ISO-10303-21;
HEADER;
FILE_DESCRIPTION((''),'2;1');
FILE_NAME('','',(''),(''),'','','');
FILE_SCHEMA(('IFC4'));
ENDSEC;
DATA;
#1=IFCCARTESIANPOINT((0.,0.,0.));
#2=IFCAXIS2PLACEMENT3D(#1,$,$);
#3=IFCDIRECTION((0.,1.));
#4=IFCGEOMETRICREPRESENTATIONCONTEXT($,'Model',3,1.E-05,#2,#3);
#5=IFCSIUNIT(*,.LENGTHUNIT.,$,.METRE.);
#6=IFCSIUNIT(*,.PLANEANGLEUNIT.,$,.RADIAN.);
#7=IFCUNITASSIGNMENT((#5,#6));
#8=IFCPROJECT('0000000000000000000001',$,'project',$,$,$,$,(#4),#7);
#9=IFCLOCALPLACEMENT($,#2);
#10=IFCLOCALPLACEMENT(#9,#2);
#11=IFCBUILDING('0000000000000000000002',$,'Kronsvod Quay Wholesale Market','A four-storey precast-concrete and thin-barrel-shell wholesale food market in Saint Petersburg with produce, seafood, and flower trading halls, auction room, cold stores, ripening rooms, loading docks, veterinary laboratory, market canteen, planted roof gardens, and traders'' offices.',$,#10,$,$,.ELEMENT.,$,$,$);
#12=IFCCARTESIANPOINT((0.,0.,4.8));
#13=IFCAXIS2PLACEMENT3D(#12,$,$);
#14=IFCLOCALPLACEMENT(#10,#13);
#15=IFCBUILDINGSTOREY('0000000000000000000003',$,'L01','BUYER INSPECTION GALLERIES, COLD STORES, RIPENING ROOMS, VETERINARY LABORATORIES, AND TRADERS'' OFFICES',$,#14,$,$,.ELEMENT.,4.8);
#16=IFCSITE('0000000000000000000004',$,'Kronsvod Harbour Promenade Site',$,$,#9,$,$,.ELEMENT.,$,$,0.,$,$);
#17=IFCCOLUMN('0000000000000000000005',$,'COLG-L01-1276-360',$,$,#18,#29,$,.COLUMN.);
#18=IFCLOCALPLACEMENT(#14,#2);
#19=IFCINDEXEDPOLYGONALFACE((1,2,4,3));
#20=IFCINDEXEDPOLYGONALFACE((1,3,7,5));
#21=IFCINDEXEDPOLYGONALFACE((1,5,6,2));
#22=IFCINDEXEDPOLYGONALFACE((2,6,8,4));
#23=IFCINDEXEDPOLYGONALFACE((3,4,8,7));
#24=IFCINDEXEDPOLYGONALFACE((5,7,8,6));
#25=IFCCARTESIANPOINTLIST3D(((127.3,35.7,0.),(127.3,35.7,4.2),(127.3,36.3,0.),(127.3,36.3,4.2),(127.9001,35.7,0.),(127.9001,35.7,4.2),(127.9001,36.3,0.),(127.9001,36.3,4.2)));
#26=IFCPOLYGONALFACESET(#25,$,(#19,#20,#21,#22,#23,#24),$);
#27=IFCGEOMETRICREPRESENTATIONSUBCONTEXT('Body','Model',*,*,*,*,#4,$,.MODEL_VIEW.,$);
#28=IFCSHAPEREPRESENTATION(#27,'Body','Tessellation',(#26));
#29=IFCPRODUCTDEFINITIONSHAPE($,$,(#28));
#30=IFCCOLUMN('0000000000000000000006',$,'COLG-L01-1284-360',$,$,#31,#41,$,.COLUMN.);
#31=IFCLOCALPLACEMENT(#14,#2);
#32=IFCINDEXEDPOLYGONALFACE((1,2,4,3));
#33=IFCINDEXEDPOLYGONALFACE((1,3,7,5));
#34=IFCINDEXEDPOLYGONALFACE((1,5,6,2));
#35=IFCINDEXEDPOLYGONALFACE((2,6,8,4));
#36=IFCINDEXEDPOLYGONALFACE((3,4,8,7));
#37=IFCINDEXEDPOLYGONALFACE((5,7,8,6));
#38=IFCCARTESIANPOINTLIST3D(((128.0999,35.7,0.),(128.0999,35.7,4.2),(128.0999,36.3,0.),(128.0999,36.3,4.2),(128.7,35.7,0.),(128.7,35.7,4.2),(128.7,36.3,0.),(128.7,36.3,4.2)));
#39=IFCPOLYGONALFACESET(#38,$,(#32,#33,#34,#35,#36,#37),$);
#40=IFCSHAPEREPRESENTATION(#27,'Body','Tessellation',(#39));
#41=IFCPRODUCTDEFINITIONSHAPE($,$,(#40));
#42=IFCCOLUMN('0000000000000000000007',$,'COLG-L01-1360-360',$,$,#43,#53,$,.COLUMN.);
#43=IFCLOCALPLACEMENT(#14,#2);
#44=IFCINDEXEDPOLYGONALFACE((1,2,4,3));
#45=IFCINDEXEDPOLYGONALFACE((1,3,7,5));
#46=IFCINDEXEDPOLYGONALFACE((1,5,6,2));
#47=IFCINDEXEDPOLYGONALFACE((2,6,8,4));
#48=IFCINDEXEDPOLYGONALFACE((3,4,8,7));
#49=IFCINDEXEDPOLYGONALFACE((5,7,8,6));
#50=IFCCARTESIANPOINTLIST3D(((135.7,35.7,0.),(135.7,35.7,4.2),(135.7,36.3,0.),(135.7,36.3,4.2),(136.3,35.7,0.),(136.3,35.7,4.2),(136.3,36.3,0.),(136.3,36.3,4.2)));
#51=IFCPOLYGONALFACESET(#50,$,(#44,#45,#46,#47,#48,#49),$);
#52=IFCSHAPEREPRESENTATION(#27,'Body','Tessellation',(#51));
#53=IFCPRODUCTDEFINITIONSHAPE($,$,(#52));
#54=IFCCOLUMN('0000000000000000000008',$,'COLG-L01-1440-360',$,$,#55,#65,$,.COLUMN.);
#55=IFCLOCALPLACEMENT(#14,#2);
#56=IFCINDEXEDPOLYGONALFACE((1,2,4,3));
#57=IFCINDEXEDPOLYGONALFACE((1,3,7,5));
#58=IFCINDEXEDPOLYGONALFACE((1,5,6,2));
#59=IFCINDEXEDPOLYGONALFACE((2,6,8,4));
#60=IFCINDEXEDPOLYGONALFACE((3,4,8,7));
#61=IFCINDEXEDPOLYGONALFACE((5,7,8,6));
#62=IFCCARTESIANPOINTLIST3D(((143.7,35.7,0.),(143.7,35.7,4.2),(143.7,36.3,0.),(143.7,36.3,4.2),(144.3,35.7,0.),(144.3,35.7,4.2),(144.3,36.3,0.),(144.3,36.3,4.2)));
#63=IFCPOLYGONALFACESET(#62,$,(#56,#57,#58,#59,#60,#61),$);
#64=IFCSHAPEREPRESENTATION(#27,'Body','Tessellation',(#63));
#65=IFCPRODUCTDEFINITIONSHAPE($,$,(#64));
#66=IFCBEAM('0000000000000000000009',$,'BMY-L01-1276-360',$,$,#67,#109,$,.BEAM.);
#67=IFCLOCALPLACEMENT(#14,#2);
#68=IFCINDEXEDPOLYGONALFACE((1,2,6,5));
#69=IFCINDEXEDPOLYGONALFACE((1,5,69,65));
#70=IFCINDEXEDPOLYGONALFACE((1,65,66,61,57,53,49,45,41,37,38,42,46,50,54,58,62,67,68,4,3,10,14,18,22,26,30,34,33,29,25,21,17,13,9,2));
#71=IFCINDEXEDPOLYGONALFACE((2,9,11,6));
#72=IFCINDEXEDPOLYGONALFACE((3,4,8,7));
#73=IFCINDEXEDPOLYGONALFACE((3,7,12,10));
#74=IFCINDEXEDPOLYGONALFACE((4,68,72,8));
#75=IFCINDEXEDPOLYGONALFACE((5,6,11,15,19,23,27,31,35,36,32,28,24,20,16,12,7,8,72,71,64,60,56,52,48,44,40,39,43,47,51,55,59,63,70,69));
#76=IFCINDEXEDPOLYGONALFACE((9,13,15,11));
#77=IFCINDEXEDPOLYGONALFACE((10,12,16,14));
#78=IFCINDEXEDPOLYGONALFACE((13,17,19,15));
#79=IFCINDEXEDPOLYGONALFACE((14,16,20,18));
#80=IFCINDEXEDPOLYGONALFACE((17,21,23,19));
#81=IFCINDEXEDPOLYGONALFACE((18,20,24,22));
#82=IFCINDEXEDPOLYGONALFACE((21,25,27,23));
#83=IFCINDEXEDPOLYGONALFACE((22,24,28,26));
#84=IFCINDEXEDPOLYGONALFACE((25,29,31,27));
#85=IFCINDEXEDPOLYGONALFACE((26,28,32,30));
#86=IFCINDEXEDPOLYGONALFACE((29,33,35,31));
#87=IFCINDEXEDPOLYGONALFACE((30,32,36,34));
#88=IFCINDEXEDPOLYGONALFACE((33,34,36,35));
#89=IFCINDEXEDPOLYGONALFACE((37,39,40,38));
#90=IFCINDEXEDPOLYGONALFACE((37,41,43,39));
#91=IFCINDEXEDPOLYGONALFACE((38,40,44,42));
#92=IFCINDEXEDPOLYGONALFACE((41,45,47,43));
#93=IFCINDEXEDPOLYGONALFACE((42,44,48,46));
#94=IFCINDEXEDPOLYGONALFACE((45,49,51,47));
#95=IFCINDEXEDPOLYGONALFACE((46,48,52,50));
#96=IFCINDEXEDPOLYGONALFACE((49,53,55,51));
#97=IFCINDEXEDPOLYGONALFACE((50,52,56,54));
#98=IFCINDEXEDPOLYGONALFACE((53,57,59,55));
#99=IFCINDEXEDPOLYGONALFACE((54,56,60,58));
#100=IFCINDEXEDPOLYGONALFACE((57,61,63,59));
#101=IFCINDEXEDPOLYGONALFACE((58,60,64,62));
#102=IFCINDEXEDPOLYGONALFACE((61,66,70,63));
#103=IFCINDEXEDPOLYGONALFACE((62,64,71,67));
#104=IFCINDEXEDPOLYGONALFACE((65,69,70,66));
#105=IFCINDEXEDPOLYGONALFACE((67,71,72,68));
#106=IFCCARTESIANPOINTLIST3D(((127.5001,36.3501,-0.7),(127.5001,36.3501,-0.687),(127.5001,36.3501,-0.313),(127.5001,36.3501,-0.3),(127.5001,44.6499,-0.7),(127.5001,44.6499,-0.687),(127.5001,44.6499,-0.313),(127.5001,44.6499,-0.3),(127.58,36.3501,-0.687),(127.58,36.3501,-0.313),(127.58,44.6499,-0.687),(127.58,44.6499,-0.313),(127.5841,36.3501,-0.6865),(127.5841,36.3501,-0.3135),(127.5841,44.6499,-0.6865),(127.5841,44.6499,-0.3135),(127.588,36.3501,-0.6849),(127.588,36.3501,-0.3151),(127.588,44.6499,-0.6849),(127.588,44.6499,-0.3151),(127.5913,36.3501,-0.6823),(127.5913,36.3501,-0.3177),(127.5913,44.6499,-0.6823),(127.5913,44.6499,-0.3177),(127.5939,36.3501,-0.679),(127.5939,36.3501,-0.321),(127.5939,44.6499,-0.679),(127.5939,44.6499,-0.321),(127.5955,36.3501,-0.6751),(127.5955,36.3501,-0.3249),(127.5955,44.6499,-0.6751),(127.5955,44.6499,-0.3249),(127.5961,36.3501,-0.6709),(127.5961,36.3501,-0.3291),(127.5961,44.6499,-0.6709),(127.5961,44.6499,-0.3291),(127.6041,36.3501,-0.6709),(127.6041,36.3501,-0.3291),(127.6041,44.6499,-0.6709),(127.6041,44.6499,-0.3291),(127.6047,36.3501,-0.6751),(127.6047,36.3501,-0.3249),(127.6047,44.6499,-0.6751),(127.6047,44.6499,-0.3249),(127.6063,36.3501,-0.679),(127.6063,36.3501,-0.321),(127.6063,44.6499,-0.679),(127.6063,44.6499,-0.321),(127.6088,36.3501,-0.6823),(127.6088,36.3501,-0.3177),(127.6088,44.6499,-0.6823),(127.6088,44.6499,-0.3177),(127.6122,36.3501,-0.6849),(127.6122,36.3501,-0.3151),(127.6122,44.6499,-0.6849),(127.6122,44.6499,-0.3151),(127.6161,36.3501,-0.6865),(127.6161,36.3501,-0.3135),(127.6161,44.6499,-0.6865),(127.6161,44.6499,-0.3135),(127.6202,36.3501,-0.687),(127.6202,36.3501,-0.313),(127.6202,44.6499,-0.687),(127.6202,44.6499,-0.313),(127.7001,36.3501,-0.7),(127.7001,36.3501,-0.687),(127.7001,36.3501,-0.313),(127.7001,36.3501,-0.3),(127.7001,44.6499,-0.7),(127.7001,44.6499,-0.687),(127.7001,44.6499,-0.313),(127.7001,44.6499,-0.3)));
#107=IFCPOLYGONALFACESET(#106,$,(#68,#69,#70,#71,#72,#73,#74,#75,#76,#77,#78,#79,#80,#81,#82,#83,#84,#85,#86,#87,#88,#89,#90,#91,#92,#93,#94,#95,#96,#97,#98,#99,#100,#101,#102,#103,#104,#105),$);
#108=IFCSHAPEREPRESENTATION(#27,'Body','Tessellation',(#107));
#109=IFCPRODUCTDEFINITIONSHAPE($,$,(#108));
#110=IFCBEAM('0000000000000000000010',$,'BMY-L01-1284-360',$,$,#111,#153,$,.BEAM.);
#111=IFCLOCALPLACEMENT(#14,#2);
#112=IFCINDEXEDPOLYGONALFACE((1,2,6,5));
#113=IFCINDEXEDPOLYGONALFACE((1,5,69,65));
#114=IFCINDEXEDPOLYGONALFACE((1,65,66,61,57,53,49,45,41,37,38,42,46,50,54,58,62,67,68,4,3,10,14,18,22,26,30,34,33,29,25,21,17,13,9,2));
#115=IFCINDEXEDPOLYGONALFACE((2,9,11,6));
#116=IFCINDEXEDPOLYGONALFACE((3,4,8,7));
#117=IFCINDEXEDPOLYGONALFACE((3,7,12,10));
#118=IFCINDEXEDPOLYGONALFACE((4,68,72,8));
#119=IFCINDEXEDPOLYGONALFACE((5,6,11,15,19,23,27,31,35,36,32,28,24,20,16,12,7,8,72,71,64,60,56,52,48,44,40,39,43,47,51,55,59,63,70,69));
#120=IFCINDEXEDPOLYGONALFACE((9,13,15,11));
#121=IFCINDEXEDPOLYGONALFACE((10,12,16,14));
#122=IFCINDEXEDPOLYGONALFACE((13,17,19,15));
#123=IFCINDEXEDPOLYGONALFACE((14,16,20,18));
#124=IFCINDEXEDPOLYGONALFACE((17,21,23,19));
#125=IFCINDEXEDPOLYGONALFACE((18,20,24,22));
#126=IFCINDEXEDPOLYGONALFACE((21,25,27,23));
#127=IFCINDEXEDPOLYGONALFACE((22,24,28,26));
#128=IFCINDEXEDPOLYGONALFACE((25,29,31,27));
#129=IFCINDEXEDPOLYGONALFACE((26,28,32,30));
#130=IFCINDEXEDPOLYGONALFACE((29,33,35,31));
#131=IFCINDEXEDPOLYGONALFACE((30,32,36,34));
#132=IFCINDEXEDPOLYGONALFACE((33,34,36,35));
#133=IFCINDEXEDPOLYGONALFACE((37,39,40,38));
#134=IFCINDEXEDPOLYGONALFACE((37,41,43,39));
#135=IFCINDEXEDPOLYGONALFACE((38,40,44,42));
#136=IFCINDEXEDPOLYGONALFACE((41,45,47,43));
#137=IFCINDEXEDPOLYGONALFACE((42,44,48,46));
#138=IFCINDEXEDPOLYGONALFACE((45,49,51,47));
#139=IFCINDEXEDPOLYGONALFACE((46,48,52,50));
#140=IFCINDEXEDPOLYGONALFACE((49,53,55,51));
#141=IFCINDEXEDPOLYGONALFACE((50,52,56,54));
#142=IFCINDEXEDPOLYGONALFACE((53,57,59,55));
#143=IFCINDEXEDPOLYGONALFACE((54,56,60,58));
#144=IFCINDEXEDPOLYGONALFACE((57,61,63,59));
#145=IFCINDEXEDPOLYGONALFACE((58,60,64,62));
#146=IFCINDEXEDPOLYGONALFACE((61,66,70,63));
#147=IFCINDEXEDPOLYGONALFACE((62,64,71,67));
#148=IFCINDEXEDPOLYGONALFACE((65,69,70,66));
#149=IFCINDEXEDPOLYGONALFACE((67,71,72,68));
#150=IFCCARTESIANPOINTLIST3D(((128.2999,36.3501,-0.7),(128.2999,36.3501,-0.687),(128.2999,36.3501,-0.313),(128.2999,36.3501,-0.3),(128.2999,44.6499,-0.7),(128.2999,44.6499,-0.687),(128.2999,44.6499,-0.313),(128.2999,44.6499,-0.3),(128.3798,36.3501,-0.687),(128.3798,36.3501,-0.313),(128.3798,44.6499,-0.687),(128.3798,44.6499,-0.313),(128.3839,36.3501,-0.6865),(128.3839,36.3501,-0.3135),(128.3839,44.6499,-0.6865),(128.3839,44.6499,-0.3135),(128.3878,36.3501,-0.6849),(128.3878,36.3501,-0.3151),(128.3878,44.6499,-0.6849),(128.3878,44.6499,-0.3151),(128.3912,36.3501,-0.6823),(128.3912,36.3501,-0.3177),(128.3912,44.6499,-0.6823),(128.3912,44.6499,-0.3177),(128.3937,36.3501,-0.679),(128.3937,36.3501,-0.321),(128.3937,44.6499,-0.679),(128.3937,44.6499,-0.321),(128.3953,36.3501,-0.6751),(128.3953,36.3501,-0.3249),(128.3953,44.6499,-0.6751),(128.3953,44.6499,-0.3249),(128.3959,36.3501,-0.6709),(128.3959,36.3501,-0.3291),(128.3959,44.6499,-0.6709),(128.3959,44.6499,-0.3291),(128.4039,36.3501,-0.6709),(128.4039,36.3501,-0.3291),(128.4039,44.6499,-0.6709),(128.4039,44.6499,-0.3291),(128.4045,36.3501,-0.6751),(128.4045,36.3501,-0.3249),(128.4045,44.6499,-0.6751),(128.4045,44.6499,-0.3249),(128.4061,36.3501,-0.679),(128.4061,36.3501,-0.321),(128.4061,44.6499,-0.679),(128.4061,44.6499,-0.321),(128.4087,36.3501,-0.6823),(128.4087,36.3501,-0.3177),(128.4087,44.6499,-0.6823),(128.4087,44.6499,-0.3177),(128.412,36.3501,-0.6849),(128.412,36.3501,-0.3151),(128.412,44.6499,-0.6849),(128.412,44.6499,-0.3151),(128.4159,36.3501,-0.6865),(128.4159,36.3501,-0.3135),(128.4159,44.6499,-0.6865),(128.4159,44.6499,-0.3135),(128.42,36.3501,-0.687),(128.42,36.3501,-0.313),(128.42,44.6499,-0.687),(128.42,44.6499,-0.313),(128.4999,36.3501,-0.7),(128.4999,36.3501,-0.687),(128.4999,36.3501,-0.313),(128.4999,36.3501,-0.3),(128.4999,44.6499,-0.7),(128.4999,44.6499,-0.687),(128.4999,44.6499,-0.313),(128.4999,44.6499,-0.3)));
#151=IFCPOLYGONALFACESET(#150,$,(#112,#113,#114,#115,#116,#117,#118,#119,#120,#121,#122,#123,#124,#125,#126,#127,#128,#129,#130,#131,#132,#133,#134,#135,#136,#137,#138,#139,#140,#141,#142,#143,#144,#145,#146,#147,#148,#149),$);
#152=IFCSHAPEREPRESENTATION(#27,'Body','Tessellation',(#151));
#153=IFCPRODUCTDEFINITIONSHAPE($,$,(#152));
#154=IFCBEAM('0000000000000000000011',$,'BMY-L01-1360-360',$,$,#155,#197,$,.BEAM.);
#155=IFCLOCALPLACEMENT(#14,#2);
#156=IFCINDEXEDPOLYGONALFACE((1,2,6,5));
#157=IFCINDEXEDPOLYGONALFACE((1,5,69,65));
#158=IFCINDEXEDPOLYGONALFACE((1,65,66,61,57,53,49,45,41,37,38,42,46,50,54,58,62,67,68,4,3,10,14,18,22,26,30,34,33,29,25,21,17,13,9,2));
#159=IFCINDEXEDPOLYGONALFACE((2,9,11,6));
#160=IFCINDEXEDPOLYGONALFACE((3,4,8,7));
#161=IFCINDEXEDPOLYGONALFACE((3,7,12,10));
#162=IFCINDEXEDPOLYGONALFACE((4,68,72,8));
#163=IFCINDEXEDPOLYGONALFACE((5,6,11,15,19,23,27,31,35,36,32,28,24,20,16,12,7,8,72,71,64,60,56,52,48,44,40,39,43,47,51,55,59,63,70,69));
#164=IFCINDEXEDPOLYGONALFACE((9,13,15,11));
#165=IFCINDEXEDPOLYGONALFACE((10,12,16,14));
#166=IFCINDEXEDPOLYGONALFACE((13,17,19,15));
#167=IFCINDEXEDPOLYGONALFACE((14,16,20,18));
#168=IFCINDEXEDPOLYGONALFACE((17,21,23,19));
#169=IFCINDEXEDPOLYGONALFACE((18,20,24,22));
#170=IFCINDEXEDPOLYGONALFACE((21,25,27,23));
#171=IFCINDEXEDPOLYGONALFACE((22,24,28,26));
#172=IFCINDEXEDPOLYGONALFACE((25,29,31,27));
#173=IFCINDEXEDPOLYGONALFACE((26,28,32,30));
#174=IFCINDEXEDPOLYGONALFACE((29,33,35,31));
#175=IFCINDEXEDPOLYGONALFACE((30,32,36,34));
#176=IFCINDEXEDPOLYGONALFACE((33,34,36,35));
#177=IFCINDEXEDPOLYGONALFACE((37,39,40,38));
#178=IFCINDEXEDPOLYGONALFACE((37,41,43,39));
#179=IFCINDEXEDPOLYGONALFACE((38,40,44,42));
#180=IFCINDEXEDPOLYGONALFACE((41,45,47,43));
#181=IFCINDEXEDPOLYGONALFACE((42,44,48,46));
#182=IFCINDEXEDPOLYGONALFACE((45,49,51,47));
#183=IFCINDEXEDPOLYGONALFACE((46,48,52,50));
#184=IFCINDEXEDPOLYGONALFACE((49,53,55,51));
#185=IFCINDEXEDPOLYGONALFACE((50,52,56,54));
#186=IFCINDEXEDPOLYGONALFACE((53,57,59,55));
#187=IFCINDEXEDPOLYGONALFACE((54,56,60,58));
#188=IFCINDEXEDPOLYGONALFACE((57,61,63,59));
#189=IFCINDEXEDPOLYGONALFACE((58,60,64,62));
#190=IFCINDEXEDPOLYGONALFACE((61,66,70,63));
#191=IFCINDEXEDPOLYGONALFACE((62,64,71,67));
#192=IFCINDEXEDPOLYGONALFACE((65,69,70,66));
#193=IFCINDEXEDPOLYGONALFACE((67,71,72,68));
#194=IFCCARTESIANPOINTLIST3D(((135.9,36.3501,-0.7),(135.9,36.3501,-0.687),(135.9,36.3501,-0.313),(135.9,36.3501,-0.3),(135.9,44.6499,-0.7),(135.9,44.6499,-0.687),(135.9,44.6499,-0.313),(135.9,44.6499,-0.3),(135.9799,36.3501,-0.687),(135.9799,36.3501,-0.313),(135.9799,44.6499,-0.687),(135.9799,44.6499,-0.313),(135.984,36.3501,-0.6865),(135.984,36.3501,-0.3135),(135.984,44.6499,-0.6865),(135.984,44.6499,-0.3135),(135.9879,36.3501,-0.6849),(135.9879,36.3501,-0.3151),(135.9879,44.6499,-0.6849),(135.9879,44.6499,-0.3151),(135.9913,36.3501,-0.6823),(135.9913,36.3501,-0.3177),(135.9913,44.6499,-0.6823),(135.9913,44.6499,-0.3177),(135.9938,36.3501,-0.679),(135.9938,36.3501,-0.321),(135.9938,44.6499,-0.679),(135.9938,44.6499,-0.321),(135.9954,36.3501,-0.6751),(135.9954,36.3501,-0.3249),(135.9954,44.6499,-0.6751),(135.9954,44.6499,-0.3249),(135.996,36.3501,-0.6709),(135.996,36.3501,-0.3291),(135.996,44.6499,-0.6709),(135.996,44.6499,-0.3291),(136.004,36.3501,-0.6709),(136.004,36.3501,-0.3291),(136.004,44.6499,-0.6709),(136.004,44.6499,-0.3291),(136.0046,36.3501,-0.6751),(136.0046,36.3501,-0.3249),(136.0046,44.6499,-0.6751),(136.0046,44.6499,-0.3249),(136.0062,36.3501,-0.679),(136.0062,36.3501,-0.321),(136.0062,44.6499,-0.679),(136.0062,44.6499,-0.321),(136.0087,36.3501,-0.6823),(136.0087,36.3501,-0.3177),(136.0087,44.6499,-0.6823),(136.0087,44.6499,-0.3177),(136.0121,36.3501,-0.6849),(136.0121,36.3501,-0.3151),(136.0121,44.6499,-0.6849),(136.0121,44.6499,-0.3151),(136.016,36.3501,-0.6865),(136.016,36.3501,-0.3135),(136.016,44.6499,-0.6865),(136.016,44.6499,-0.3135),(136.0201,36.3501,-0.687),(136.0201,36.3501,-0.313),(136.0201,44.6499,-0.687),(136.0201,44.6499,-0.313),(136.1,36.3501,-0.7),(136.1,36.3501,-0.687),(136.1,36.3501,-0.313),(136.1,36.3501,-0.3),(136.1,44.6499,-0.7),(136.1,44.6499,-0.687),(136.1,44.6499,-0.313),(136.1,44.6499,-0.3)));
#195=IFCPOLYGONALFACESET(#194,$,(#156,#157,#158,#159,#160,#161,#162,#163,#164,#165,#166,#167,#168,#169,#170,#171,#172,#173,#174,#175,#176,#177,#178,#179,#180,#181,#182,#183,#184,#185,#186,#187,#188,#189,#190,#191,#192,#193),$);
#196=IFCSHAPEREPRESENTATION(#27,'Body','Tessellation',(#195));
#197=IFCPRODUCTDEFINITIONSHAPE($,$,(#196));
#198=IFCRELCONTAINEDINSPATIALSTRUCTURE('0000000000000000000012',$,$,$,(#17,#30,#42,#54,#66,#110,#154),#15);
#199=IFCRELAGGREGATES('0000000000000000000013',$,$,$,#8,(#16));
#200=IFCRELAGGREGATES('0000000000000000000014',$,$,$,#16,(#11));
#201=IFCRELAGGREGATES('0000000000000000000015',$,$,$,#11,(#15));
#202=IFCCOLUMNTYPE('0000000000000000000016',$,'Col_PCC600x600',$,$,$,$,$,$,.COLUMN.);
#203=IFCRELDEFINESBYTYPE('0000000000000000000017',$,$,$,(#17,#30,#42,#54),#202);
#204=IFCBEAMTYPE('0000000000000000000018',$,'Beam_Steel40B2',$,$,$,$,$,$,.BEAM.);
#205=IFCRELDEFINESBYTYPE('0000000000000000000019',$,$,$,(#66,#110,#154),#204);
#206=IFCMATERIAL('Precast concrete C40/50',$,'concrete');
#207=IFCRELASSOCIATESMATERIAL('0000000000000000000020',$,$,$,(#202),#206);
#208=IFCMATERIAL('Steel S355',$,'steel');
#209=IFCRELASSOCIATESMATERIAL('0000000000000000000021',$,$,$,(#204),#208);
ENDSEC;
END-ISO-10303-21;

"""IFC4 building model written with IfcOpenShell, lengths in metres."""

from ifc_helpers import new_model, si_unit, direction, frame, origin, origin_2d, place, context, subcontext, project, spatial, rectangle, i_section, extrude, material, material_profile, profile_set, type_object, element, save


model = new_model("IFC4")

# Units and contexts
model_context = context("Model", 3, precision=1e-05, world=origin(), true_north=direction((0.0, 1.0)))
body_context = subcontext(model_context, "Body", "Model", "MODEL_VIEW")
ifc_project = project(units=[si_unit("LENGTHUNIT", "METRE"), si_unit("PLANEANGLEUNIT", "RADIAN")], contexts=[model_context])

# Site, building, storey
site_placement = place(None, origin())
site = spatial("IfcSite", under=ifc_project, at=site_placement, Name="Kronsvod Harbour Promenade Site", CompositionType="ELEMENT", RefElevation=0.0)
building_placement = place(site_placement, origin())
building = spatial("IfcBuilding", under=site, at=building_placement, Name="Kronsvod Quay Wholesale Market", Description="A four-storey precast-concrete and thin-barrel-shell wholesale food market in Saint Petersburg with produce, seafood, and flower trading halls, auction room, cold stores, ripening rooms, loading docks, veterinary laboratory, market canteen, planted roof gardens, and traders' offices.", CompositionType="ELEMENT")
storey_placement = place(building_placement, frame((0.0, 0.0, 4.8)))
storey = spatial("IfcBuildingStorey", under=building, at=storey_placement, Name="L01", Description="BUYER INSPECTION GALLERIES, COLD STORES, RIPENING ROOMS, VETERINARY LABORATORIES, AND TRADERS' OFFICES", CompositionType="ELEMENT", Elevation=4.8)

# Columns
ifc_material_1 = material(Name="Precast concrete C40/50", Category="concrete")
ifc_material_profile_1 = material_profile(ifc_material_1, rectangle(XDim=0.6001, YDim=0.6001, at=origin_2d()), Name="PCC600x600")
ifc_profile_set_1 = profile_set([ifc_material_profile_1], Name="Precast concrete C40/50")
column_type = type_object("IfcColumnType", Name="Col_PCC600x600", PredefinedType="COLUMN", material=ifc_profile_set_1)
for number, where, z_axis, x_axis, name in (
    (1, (127.6001, 36.0, 0.0), (0.0, 0.0, 1.0), (1.0, 0.0, 0.0), "COLG-L01-1276-360"),
    (2, (128.3999, 36.0, 0.0), (0.0, 0.0, 1.0), (1.0, 0.0, 0.0), "COLG-L01-1284-360"),
    (3, (136.0, 36.0, 0.0), (0.0, 0.0, 1.0), (1.0, 0.0, 0.0), "COLG-L01-1360-360"),
    (4, (144.0, 36.0, 0.0), (0.0, 0.0, 1.0), (1.0, 0.0, 0.0), "COLG-L01-1440-360"),
):
    element("IfcColumn", number, at=place(storey_placement, frame(where, z_axis=z_axis, x_axis=x_axis)), inside=storey, type_object=column_type, Name=name, PredefinedType="COLUMN", context=body_context, shape_type="SweptSolid", body=[
        extrude(rectangle(XDim=0.6001, YDim=0.6001, at=origin_2d()), origin(), (0.0, 0.0, 1.0), 4.2),
    ])

# Beams
ifc_material_2 = material(Name="Steel S355", Category="steel")
ifc_material_profile_2 = material_profile(ifc_material_2, i_section(OverallWidth=0.2, OverallDepth=0.3999, WebThickness=0.0081, FlangeThickness=0.0129, FilletRadius=0.0161, at=origin_2d()), Name="40B2")
ifc_profile_set_2 = profile_set([ifc_material_profile_2], Name="Steel S355")
beam_type_1 = type_object("IfcBeamType", Name="Beam_Steel40B2", PredefinedType="BEAM", material=ifc_profile_set_2)
for number, where, z_axis, x_axis, name in (
    (5, (127.6001, 36.3501, -0.5), (0.0, 1.0, 0.0), (-1.0, 0.0, 0.0), "BMY-L01-1276-360"),
    (6, (128.3999, 36.3501, -0.5), (0.0, 1.0, 0.0), (-1.0, 0.0, 0.0), "BMY-L01-1284-360"),
    (7, (136.0, 36.3501, -0.5), (0.0, 1.0, 0.0), (-1.0, 0.0, 0.0), "BMY-L01-1360-360"),
):
    element("IfcBeam", number, at=place(storey_placement, frame(where, z_axis=z_axis, x_axis=x_axis)), inside=storey, type_object=beam_type_1, Name=name, PredefinedType="BEAM", context=body_context, shape_type="SweptSolid", body=[
        extrude(i_section(OverallWidth=0.2, OverallDepth=0.3999, WebThickness=0.0081, FlangeThickness=0.0129, FilletRadius=0.0161, at=origin_2d()), origin(), (0.0, 0.0, 1.0), 8.2998),
    ])

save(model, "model.ifc")
